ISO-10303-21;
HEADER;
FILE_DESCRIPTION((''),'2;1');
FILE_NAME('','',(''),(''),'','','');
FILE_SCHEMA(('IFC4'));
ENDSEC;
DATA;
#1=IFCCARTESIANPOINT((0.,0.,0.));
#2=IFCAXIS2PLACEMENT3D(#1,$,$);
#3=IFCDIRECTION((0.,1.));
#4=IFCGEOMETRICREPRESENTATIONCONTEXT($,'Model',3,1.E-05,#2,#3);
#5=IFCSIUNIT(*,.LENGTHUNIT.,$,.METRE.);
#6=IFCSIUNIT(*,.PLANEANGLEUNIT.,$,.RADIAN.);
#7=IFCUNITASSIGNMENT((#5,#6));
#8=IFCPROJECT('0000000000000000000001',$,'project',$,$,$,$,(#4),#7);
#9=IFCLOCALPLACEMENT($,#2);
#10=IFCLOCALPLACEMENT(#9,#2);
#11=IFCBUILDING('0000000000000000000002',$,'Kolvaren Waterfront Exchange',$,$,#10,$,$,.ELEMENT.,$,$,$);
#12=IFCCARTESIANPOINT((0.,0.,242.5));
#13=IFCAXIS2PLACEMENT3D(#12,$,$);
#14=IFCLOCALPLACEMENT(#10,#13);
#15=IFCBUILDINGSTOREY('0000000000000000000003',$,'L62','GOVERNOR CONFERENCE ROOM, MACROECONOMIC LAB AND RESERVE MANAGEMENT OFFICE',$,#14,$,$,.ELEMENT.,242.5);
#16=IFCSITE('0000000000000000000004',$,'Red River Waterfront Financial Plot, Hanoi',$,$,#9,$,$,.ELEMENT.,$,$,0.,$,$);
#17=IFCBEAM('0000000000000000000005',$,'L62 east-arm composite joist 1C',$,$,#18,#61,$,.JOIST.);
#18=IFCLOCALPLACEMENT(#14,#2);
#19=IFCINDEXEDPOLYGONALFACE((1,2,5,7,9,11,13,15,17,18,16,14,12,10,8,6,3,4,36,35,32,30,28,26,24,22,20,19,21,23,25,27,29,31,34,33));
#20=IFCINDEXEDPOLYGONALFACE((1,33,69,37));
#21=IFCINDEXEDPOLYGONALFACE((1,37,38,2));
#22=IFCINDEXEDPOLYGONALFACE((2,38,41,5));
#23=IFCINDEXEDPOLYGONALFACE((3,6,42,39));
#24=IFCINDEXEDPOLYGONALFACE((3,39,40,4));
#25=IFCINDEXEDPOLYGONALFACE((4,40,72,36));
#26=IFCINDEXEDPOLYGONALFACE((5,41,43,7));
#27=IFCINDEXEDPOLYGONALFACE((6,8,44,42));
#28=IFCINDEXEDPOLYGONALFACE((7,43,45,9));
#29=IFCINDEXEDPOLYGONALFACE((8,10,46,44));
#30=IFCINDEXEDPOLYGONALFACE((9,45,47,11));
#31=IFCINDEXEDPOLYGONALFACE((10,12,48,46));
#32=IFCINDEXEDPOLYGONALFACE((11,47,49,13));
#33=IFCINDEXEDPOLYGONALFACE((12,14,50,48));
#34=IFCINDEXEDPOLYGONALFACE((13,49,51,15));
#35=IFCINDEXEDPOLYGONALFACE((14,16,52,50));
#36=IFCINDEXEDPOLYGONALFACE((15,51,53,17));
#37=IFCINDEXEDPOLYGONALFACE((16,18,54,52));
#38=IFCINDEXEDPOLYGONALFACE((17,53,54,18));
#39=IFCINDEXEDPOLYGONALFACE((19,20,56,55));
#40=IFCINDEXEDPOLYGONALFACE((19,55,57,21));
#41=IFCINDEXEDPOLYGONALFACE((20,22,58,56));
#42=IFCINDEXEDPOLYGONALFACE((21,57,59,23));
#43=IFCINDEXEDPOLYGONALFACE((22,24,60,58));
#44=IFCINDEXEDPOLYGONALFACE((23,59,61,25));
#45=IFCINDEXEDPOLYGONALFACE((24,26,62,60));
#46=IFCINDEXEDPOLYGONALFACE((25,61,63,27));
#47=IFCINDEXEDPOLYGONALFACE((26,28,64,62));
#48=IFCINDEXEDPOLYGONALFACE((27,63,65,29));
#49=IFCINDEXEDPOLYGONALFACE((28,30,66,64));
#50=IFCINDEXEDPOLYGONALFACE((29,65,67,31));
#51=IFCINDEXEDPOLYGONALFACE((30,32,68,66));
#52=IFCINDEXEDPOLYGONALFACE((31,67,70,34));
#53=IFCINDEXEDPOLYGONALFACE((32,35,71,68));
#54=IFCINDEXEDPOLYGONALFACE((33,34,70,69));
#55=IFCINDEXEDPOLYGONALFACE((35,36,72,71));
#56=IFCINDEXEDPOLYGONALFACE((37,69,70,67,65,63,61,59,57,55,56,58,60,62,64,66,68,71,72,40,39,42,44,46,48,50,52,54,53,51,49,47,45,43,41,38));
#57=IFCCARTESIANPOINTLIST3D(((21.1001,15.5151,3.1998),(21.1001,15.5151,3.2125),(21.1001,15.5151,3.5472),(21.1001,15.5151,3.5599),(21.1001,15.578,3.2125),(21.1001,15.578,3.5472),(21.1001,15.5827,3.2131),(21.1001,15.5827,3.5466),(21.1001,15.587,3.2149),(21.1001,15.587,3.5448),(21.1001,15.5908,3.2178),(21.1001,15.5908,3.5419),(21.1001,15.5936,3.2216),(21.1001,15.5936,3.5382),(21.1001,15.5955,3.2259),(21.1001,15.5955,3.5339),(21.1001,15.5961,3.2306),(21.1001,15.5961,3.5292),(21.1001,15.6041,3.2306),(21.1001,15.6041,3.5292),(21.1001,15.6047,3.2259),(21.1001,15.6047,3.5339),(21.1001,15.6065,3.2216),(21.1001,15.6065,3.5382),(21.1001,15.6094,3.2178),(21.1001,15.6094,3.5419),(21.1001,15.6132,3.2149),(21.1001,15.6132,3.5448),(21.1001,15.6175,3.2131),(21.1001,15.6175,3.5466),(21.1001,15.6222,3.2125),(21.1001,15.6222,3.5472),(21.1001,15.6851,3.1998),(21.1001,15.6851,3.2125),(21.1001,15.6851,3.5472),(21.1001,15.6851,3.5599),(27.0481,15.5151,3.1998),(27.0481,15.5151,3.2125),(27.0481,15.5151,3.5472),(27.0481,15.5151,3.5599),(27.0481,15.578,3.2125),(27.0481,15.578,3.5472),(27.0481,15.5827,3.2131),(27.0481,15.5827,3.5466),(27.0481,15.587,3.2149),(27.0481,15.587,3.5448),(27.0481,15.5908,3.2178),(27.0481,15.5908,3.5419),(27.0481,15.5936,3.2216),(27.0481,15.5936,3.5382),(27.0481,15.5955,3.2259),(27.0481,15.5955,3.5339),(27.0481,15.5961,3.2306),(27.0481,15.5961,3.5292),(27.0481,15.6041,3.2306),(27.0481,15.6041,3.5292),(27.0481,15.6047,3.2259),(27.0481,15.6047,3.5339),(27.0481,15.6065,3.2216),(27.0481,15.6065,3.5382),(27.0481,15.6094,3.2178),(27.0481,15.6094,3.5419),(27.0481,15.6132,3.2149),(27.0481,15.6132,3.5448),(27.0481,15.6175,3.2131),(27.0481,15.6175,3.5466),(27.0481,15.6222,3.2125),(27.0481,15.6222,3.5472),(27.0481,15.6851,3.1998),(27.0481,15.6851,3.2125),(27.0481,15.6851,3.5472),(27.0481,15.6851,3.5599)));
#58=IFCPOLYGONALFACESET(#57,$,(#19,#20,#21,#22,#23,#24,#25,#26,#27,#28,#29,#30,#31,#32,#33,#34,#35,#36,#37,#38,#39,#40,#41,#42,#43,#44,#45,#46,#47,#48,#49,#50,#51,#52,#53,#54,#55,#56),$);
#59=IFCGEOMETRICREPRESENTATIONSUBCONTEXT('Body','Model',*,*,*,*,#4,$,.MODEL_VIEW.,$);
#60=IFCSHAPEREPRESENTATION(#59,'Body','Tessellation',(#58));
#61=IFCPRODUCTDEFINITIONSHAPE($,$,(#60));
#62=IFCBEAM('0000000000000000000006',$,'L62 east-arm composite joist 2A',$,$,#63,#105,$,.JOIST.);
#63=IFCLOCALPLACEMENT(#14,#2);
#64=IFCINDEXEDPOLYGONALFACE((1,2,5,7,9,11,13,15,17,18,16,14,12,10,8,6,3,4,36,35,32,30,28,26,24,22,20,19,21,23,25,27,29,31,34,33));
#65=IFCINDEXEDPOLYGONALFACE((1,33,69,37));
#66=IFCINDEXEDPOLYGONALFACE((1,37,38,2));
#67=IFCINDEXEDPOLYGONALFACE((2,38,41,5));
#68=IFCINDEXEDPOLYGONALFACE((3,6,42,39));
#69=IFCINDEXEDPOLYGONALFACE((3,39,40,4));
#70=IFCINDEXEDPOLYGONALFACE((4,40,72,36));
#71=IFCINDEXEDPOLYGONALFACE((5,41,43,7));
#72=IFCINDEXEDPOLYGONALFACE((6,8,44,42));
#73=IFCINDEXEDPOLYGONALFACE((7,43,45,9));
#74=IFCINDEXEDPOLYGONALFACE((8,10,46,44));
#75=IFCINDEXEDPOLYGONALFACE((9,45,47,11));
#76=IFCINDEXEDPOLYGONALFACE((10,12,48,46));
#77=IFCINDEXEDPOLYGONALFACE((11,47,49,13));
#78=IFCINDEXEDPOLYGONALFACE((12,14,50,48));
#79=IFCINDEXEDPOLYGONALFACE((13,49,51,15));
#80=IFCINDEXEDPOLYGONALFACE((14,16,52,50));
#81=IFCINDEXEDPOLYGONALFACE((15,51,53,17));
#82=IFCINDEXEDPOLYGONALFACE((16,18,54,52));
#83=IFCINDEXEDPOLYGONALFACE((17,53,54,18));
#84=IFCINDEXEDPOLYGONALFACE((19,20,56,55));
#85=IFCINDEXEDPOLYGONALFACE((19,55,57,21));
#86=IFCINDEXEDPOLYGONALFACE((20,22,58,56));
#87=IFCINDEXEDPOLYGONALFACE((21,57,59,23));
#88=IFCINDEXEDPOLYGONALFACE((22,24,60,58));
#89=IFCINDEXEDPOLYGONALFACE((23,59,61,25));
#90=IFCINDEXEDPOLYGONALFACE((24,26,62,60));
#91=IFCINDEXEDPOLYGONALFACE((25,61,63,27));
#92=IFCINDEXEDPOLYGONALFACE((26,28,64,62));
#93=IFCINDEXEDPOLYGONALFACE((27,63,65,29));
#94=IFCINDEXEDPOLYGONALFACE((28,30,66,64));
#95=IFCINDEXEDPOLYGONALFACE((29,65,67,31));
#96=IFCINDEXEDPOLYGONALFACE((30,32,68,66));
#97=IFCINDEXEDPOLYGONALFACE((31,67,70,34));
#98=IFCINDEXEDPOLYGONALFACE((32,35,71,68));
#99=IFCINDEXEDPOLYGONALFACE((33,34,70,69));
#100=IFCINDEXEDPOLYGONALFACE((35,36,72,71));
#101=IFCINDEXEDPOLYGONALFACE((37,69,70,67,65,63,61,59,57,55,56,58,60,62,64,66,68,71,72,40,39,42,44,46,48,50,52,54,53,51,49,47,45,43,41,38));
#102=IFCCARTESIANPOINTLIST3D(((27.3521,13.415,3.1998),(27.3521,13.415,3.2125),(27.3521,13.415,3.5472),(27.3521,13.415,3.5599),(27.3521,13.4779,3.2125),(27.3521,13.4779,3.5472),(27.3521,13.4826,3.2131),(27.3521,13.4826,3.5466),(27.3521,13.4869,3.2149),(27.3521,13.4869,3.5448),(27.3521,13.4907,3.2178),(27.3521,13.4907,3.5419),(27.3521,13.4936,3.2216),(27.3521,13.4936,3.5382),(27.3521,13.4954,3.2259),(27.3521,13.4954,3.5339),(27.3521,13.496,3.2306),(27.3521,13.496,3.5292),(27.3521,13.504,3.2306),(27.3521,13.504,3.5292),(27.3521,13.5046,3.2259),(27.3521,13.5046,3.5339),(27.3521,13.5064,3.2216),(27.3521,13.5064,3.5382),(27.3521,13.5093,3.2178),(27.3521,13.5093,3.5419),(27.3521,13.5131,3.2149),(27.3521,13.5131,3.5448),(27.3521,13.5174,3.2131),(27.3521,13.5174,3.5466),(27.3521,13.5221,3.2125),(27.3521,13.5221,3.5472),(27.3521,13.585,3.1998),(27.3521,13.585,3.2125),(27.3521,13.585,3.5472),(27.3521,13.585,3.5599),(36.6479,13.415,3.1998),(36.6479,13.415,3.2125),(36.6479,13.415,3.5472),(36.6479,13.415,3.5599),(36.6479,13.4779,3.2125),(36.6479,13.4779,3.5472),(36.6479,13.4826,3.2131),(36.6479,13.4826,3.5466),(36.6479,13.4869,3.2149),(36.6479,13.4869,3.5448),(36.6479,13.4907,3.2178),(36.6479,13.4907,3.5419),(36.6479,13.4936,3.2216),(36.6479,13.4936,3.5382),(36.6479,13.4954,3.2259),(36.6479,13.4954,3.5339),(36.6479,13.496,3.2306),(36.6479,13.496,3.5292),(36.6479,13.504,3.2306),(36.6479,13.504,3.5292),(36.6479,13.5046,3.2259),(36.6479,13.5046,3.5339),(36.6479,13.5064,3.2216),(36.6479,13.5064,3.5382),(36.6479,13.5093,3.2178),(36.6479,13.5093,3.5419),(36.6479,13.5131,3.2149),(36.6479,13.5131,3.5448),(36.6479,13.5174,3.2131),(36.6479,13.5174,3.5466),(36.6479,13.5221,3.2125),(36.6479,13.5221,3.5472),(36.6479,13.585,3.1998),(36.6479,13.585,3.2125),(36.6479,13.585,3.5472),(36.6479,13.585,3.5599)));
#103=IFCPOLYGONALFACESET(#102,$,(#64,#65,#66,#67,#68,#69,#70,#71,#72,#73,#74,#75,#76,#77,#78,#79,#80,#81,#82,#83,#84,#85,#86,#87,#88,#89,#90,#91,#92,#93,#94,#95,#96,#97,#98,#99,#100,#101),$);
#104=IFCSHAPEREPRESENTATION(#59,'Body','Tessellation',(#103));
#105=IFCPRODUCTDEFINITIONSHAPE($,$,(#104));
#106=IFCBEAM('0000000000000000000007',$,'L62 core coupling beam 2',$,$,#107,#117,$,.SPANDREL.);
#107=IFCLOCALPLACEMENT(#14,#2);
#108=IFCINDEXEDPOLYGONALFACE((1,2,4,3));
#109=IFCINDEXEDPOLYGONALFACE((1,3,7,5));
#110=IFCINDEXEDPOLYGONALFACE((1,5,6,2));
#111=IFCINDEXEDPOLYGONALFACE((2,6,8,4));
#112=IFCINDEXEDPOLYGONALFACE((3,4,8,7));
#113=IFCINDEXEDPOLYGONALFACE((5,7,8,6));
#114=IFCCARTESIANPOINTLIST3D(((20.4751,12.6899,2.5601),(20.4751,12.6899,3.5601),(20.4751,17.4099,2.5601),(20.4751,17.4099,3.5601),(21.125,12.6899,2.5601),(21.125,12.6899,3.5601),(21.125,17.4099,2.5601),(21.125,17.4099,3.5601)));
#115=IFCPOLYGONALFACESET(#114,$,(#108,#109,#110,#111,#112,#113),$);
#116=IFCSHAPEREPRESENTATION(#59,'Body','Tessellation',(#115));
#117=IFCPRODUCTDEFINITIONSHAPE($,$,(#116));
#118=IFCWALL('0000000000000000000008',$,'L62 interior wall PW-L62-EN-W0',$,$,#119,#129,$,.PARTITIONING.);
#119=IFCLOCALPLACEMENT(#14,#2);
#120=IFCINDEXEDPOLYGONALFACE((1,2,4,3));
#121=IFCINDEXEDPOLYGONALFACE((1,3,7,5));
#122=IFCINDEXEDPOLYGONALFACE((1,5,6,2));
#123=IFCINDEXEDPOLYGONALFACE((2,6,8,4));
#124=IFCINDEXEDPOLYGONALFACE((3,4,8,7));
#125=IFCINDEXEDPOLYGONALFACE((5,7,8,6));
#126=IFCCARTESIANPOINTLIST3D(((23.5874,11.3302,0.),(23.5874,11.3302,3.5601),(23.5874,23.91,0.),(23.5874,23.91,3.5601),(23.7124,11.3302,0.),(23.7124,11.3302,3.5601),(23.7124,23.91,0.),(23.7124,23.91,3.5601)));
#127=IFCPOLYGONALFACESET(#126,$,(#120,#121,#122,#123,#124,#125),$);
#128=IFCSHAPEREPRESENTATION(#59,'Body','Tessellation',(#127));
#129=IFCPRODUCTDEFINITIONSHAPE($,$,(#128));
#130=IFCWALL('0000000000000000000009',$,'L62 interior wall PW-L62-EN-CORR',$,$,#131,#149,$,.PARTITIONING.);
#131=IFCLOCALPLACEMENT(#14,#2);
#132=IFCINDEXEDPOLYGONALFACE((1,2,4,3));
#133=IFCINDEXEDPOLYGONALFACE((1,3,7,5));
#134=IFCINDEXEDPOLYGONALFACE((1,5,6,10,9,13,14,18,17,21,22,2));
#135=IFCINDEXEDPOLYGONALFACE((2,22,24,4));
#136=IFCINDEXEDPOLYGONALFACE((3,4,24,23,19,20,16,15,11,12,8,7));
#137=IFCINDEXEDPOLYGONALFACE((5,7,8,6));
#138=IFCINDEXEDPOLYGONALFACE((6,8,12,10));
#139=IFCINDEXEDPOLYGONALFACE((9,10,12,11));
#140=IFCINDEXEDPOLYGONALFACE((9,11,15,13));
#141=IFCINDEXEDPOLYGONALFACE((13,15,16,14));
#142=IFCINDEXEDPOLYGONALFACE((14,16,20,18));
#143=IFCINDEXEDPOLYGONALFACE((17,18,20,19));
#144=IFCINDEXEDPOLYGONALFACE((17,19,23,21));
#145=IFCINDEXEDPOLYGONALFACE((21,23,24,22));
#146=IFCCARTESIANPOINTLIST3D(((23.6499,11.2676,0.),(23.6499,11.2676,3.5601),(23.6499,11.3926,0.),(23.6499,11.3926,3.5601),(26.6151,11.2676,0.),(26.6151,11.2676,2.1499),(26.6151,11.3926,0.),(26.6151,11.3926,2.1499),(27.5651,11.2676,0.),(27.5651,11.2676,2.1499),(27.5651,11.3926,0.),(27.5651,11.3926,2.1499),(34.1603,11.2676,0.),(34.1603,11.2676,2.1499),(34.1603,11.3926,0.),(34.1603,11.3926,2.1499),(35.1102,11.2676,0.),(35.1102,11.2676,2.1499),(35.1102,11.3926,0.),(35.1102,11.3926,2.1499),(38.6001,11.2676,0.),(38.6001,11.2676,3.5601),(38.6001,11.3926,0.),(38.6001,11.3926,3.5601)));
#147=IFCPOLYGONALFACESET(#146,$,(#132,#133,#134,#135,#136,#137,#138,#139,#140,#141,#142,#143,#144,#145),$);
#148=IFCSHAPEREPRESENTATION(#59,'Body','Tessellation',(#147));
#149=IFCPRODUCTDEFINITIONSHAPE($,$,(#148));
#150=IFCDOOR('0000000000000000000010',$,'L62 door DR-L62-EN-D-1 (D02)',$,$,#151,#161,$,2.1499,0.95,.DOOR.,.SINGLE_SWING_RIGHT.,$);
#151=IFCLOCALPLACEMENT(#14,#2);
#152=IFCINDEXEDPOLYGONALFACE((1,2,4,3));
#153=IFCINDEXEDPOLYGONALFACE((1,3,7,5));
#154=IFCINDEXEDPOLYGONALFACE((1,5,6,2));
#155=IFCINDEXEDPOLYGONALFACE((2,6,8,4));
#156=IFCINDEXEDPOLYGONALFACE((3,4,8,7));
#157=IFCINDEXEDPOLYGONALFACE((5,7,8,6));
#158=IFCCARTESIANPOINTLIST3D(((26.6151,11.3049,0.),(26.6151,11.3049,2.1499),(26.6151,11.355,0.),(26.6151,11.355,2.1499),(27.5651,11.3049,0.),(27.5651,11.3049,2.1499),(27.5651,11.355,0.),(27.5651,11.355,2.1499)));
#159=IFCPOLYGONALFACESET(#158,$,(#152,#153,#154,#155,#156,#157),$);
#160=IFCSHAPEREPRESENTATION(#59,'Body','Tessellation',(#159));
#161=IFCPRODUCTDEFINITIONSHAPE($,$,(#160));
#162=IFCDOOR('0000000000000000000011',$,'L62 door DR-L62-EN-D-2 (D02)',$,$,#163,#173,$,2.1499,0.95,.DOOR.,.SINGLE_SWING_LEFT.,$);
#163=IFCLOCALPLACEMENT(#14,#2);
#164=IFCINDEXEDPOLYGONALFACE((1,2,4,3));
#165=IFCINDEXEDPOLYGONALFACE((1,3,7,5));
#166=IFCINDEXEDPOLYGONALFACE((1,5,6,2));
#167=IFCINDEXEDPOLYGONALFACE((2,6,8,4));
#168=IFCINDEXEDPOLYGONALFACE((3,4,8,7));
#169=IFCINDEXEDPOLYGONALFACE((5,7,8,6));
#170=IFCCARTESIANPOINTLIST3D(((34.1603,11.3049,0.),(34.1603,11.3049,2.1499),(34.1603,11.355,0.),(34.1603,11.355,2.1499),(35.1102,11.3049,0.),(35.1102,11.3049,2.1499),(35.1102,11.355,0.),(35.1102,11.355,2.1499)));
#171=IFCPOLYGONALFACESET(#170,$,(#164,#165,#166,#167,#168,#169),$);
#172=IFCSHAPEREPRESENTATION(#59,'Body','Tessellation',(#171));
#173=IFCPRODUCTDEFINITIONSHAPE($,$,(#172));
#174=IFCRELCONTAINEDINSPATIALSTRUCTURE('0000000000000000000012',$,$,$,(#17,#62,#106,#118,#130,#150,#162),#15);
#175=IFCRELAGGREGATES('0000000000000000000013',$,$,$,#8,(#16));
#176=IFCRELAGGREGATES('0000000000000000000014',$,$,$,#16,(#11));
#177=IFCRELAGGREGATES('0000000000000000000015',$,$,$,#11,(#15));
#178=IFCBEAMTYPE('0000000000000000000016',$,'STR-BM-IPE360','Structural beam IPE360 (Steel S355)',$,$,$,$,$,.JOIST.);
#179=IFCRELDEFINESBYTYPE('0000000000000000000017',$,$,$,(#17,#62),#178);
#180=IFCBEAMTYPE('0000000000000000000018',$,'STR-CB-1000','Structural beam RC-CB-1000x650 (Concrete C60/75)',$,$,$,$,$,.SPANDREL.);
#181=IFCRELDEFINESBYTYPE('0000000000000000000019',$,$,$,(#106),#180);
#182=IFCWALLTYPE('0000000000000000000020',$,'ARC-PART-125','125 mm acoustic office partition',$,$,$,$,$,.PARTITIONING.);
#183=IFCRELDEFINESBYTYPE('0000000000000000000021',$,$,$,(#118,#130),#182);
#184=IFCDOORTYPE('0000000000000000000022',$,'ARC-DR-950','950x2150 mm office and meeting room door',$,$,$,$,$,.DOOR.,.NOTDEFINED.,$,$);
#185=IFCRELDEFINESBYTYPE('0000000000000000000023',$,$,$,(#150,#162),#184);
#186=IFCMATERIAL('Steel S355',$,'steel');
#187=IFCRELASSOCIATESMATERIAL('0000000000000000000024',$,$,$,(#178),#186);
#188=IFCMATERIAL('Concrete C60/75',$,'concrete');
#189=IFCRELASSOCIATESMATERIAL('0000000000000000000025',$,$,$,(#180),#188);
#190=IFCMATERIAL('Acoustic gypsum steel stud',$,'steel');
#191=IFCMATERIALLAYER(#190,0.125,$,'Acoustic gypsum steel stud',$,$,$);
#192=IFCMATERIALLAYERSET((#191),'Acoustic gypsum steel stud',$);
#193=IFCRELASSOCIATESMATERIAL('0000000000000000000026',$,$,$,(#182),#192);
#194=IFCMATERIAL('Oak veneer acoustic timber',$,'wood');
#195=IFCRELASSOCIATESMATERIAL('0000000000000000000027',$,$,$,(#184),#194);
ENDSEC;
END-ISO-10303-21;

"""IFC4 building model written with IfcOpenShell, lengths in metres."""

from ifc_helpers import new_model, si_unit, direction, frame, frame_2d, origin, origin_2d, place, context, subcontext, project, spatial, rectangle, i_section, extrude, material, layer, layer_set, material_profile, profile_set, type_object, element, fill, save


model = new_model("IFC4")

# Units and contexts
model_context = context("Model", 3, precision=1e-05, world=origin(), true_north=direction((0.0, 1.0)))
body_context = subcontext(model_context, "Body", "Model", "MODEL_VIEW")
ifc_project = project(units=[si_unit("LENGTHUNIT", "METRE"), si_unit("PLANEANGLEUNIT", "RADIAN")], contexts=[model_context])

# Site, building, storey
site_placement = place(None, origin())
site = spatial("IfcSite", under=ifc_project, at=site_placement, Name="Red River Waterfront Financial Plot, Hanoi", CompositionType="ELEMENT", RefElevation=0.0)
building_placement = place(site_placement, origin())
building = spatial("IfcBuilding", under=site, at=building_placement, Name="Kolvaren Waterfront Exchange", CompositionType="ELEMENT")
storey_placement = place(building_placement, frame((0.0, 0.0, 242.5)))
storey = spatial("IfcBuildingStorey", under=building, at=storey_placement, Name="L62", Description="GOVERNOR CONFERENCE ROOM, MACROECONOMIC LAB AND RESERVE MANAGEMENT OFFICE", CompositionType="ELEMENT", Elevation=242.5)

# Beams
ifc_material_1 = material(Name="Steel S355", Category="steel")
ifc_material_profile_1 = material_profile(ifc_material_1, i_section(OverallWidth=0.1699, OverallDepth=0.3601, WebThickness=0.0081, FlangeThickness=0.0127, FilletRadius=0.0181, at=origin_2d()), Name="IPE360")
ifc_profile_set_1 = profile_set([ifc_material_profile_1], Name="Steel S355")
beam_type_1 = type_object("IfcBeamType", Name="STR-BM-IPE360", Description="Structural beam IPE360 (Steel S355)", PredefinedType="JOIST", material=ifc_profile_set_1)
for number, where, z_axis, x_axis, name in (
    (1, (21.1001, 15.6001, 3.3799), (1.0, 0.0, 0.0), (0.0, 1.0, 0.0), "L62 east-arm composite joist 1C"),
):
    element("IfcBeam", number, at=place(storey_placement, frame(where, z_axis=z_axis, x_axis=x_axis)), inside=storey, type_object=beam_type_1, Name=name, PredefinedType="JOIST", context=body_context, shape_type="SweptSolid", body=[
        extrude(i_section(OverallWidth=0.1699, OverallDepth=0.3601, WebThickness=0.0081, FlangeThickness=0.0127, FilletRadius=0.0181, at=origin_2d()), origin(), (0.0, 0.0, 1.0), 5.948),
    ])
beam_1_placement = place(storey_placement, frame((27.3521, 13.5, 3.3799), z_axis=(1.0, 0.0, 0.0), x_axis=(0.0, 1.0, 0.0)))
element("IfcBeam", 2, at=beam_1_placement, inside=storey, type_object=beam_type_1, Name="L62 east-arm composite joist 2A", PredefinedType="JOIST", context=body_context, shape_type="SweptSolid", body=[
    extrude(i_section(OverallWidth=0.1699, OverallDepth=0.3601, WebThickness=0.0081, FlangeThickness=0.0127, FilletRadius=0.0181, at=origin_2d()), origin(), (0.0, 0.0, 1.0), 9.2959),
])
ifc_material_2 = material(Name="Concrete C60/75", Category="concrete")
ifc_material_profile_2 = material_profile(ifc_material_2, rectangle(XDim=0.6499, YDim=1.0, at=origin_2d()), Name="RC-CB-1000x650")
ifc_profile_set_2 = profile_set([ifc_material_profile_2], Name="Concrete C60/75")
beam_type_2 = type_object("IfcBeamType", Name="STR-CB-1000", Description="Structural beam RC-CB-1000x650 (Concrete C60/75)", PredefinedType="SPANDREL", material=ifc_profile_set_2)
beam_2_placement = place(storey_placement, frame((20.8, 12.6899, 3.0601), z_axis=(0.0, 1.0, 0.0), x_axis=(-1.0, 0.0, 0.0)))
element("IfcBeam", 3, at=beam_2_placement, inside=storey, type_object=beam_type_2, Name="L62 core coupling beam 2", PredefinedType="SPANDREL", context=body_context, shape_type="SweptSolid", body=[
    extrude(rectangle(XDim=0.6499, YDim=1.0, at=origin_2d()), origin(), (0.0, 0.0, 1.0), 4.72),
])

# Wall
ifc_material_3 = material(Name="Acoustic gypsum steel stud", Category="steel")
ifc_layer_1 = layer(ifc_material_3, 0.125, Name="Acoustic gypsum steel stud")
ifc_layer_set_1 = layer_set([ifc_layer_1], Name="Acoustic gypsum steel stud")
wall_type_1 = type_object("IfcWallType", Name="ARC-PART-125", Description="125 mm acoustic office partition", PredefinedType="PARTITIONING", material=ifc_layer_set_1)
wall_1_placement = place(storey_placement, frame((23.6499, 11.3301, 0.0), z_axis=(0.0, 0.0, 1.0), x_axis=(0.0, 1.0, 0.0)))
element("IfcWall", 4, at=wall_1_placement, inside=storey, type_object=wall_type_1, Name="L62 interior wall PW-L62-EN-W0", PredefinedType="PARTITIONING", context=body_context, shape_type="SweptSolid", body=[
    extrude(rectangle(XDim=12.5798, YDim=0.125, at=frame_2d((6.29, 0.0))), origin(), (0.0, 0.0, 1.0), 3.5601),
])

# Wall, openings, doors
wall_2_placement = place(storey_placement, frame((23.6499, 11.3301, 0.0), z_axis=(0.0, 0.0, 1.0), x_axis=(1.0, 0.0, 0.0)))
wall_2 = element("IfcWall", 5, at=wall_2_placement, inside=storey, type_object=wall_type_1, Name="L62 interior wall PW-L62-EN-CORR", PredefinedType="PARTITIONING", context=body_context, shape_type="SweptSolid", body=[
    extrude(rectangle(XDim=14.9502, YDim=0.125, at=frame_2d((7.4751, 0.0))), origin(), (0.0, 0.0, 1.0), 3.5601),
])
opening_1_placement = place(wall_2_placement, frame((2.9651, 0.0, 0.0)))
opening_1 = element("IfcOpeningElement", 6, at=opening_1_placement, cuts=wall_2, PredefinedType="OPENING", context=body_context, shape_type="SweptSolid", body=[
    extrude(rectangle(XDim=0.95, YDim=2.1499, at=frame_2d((0.4751, 1.075))), frame((0.0, 0.0725, 0.0), z_axis=(0.0, -1.0, 0.0), x_axis=(1.0, 0.0, 0.0)), (0.0, 0.0, 1.0), 0.145),
])
opening_2_placement = place(wall_2_placement, frame((10.5103, 0.0, 0.0)))
opening_2 = element("IfcOpeningElement", 7, at=opening_2_placement, cuts=wall_2, PredefinedType="OPENING", context=body_context, shape_type="SweptSolid", body=[
    extrude(rectangle(XDim=0.95, YDim=2.1499, at=frame_2d((0.4751, 1.075))), frame((0.0, 0.0725, 0.0), z_axis=(0.0, -1.0, 0.0), x_axis=(1.0, 0.0, 0.0)), (0.0, 0.0, 1.0), 0.145),
])
ifc_material_4 = material(Name="Oak veneer acoustic timber", Category="wood")
door_type = type_object("IfcDoorType", Name="ARC-DR-950", Description="950x2150 mm office and meeting room door", OperationType="NOTDEFINED", PredefinedType="DOOR", material=ifc_material_4)
door_1_placement = place(opening_1_placement, origin())
door_1 = element("IfcDoor", 8, at=door_1_placement, inside=storey, type_object=door_type, Name="L62 door DR-L62-EN-D-1 (D02)", OperationType="SINGLE_SWING_RIGHT", OverallHeight=2.1499, OverallWidth=0.95, PredefinedType="DOOR", context=body_context, shape_type="SweptSolid", body=[
    extrude(rectangle(XDim=0.95, YDim=2.1499, at=frame_2d((0.4751, 1.075))), frame((0.0, 0.0249, 0.0), z_axis=(0.0, -1.0, 0.0), x_axis=(1.0, 0.0, 0.0)), (0.0, 0.0, 1.0), 0.05),
])
fill(opening_1, door_1)
door_2_placement = place(opening_2_placement, origin())
door_2 = element("IfcDoor", 9, at=door_2_placement, inside=storey, type_object=door_type, Name="L62 door DR-L62-EN-D-2 (D02)", OperationType="SINGLE_SWING_LEFT", OverallHeight=2.1499, OverallWidth=0.95, PredefinedType="DOOR", context=body_context, shape_type="SweptSolid", body=[
    extrude(rectangle(XDim=0.95, YDim=2.1499, at=frame_2d((0.4751, 1.075))), frame((0.0, 0.0249, 0.0), z_axis=(0.0, -1.0, 0.0), x_axis=(1.0, 0.0, 0.0)), (0.0, 0.0, 1.0), 0.05),
])
fill(opening_2, door_2)

save(model, "model.ifc")
